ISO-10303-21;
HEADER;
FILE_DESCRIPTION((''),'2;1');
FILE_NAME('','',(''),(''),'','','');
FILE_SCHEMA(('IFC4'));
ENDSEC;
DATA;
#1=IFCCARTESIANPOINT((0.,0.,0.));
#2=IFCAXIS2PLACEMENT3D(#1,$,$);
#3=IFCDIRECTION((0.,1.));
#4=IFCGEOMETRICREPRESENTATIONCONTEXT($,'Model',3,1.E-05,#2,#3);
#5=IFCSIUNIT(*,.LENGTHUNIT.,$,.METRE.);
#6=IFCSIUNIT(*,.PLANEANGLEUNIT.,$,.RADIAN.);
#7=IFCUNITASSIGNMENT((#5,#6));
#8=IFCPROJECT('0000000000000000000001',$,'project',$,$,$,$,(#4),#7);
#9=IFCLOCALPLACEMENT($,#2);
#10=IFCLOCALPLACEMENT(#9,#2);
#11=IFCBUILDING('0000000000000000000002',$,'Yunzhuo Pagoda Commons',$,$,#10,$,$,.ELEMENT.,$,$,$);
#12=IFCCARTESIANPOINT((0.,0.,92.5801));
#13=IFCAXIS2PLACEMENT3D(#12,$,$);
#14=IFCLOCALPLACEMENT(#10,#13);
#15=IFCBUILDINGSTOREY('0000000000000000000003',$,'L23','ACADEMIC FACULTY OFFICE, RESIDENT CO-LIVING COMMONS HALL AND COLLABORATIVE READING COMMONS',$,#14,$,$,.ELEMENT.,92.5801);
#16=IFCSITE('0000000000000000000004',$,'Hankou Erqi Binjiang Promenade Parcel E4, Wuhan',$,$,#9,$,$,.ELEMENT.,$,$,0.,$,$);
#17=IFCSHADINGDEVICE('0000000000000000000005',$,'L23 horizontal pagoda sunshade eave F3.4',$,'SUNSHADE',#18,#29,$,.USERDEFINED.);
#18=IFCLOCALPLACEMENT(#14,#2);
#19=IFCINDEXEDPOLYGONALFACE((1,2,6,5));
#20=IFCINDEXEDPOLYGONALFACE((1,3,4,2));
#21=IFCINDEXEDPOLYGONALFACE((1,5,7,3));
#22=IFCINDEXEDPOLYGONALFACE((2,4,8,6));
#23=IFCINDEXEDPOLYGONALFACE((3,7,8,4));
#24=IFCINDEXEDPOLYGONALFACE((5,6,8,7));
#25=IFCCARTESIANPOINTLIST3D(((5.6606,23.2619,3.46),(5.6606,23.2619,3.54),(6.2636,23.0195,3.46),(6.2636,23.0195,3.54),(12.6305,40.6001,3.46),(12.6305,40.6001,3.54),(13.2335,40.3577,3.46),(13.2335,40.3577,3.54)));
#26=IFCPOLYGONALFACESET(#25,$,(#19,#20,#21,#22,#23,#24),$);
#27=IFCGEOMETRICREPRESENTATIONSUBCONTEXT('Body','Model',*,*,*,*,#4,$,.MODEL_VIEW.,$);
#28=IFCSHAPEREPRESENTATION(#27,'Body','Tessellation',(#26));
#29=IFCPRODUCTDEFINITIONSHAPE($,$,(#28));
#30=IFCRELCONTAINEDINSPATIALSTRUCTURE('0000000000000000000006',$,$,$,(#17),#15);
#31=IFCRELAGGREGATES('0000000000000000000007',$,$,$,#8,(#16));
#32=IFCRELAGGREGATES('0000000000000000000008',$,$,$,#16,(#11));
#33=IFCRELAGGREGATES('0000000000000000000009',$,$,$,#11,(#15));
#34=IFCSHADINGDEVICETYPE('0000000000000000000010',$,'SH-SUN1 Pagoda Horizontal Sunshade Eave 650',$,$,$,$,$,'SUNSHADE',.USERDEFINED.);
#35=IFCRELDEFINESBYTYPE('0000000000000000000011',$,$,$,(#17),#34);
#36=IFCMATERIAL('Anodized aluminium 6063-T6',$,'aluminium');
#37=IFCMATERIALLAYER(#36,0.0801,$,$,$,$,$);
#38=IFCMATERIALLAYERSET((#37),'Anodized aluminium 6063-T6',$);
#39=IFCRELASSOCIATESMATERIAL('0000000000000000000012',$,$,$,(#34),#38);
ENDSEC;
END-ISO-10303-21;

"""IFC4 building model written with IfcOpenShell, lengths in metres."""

from ifc_helpers import new_model, si_unit, direction, frame, origin, origin_2d, place, context, subcontext, project, spatial, rectangle, extrude, source, transform, mapped, material, layer, layer_set, type_object, element, save


model = new_model("IFC4")

# Units and contexts
model_context = context("Model", 3, precision=1e-05, world=origin(), true_north=direction((0.0, 1.0)))
body_context = subcontext(model_context, "Body", "Model", "MODEL_VIEW")
ifc_project = project(units=[si_unit("LENGTHUNIT", "METRE"), si_unit("PLANEANGLEUNIT", "RADIAN")], contexts=[model_context])

# Site, building, storey
site_placement = place(None, origin())
site = spatial("IfcSite", under=ifc_project, at=site_placement, Name="Hankou Erqi Binjiang Promenade Parcel E4, Wuhan", CompositionType="ELEMENT", RefElevation=0.0)
building_placement = place(site_placement, origin())
building = spatial("IfcBuilding", under=site, at=building_placement, Name="Yunzhuo Pagoda Commons", CompositionType="ELEMENT")
storey_placement = place(building_placement, frame((0.0, 0.0, 92.5801)))
storey = spatial("IfcBuildingStorey", under=building, at=storey_placement, Name="L23", Description="ACADEMIC FACULTY OFFICE, RESIDENT CO-LIVING COMMONS HALL AND COLLABORATIVE READING COMMONS", CompositionType="ELEMENT", Elevation=92.5801)

# Shared definitions
ifc_material_1 = material(Name="Anodized aluminium 6063-T6", Category="aluminium")

# Shading device
ifc_layer_1 = layer(ifc_material_1, 0.0801)
ifc_layer_set_1 = layer_set([ifc_layer_1], Name="Anodized aluminium 6063-T6")
shading_device_type = type_object("IfcShadingDeviceType", Name="SH-SUN1 Pagoda Horizontal Sunshade Eave 650", ElementType="SUNSHADE", PredefinedType="USERDEFINED", material=ifc_layer_set_1)
shared_shape_1 = source(origin(), body_context, "Body", "SweptSolid", [
    extrude(rectangle(XDim=18.6868, YDim=0.6499, at=origin_2d()), origin(), (0.0, 0.0, 1.0), 0.0801),
])
shading_device_placement = place(storey_placement, frame((9.447, 31.8098, 3.46), z_axis=(0.0, 0.0, 1.0), x_axis=(-0.372988, -0.927836, 0.0)))
element("IfcShadingDevice", 1, at=shading_device_placement, inside=storey, type_object=shading_device_type, Name="L23 horizontal pagoda sunshade eave F3.4", ObjectType="SUNSHADE", PredefinedType="USERDEFINED", context=body_context, shape_type="MappedRepresentation", body=[
    mapped(shared_shape_1, transform((0.0, 0.0, 0.0), scale=1.0)),
])

save(model, "model.ifc")
